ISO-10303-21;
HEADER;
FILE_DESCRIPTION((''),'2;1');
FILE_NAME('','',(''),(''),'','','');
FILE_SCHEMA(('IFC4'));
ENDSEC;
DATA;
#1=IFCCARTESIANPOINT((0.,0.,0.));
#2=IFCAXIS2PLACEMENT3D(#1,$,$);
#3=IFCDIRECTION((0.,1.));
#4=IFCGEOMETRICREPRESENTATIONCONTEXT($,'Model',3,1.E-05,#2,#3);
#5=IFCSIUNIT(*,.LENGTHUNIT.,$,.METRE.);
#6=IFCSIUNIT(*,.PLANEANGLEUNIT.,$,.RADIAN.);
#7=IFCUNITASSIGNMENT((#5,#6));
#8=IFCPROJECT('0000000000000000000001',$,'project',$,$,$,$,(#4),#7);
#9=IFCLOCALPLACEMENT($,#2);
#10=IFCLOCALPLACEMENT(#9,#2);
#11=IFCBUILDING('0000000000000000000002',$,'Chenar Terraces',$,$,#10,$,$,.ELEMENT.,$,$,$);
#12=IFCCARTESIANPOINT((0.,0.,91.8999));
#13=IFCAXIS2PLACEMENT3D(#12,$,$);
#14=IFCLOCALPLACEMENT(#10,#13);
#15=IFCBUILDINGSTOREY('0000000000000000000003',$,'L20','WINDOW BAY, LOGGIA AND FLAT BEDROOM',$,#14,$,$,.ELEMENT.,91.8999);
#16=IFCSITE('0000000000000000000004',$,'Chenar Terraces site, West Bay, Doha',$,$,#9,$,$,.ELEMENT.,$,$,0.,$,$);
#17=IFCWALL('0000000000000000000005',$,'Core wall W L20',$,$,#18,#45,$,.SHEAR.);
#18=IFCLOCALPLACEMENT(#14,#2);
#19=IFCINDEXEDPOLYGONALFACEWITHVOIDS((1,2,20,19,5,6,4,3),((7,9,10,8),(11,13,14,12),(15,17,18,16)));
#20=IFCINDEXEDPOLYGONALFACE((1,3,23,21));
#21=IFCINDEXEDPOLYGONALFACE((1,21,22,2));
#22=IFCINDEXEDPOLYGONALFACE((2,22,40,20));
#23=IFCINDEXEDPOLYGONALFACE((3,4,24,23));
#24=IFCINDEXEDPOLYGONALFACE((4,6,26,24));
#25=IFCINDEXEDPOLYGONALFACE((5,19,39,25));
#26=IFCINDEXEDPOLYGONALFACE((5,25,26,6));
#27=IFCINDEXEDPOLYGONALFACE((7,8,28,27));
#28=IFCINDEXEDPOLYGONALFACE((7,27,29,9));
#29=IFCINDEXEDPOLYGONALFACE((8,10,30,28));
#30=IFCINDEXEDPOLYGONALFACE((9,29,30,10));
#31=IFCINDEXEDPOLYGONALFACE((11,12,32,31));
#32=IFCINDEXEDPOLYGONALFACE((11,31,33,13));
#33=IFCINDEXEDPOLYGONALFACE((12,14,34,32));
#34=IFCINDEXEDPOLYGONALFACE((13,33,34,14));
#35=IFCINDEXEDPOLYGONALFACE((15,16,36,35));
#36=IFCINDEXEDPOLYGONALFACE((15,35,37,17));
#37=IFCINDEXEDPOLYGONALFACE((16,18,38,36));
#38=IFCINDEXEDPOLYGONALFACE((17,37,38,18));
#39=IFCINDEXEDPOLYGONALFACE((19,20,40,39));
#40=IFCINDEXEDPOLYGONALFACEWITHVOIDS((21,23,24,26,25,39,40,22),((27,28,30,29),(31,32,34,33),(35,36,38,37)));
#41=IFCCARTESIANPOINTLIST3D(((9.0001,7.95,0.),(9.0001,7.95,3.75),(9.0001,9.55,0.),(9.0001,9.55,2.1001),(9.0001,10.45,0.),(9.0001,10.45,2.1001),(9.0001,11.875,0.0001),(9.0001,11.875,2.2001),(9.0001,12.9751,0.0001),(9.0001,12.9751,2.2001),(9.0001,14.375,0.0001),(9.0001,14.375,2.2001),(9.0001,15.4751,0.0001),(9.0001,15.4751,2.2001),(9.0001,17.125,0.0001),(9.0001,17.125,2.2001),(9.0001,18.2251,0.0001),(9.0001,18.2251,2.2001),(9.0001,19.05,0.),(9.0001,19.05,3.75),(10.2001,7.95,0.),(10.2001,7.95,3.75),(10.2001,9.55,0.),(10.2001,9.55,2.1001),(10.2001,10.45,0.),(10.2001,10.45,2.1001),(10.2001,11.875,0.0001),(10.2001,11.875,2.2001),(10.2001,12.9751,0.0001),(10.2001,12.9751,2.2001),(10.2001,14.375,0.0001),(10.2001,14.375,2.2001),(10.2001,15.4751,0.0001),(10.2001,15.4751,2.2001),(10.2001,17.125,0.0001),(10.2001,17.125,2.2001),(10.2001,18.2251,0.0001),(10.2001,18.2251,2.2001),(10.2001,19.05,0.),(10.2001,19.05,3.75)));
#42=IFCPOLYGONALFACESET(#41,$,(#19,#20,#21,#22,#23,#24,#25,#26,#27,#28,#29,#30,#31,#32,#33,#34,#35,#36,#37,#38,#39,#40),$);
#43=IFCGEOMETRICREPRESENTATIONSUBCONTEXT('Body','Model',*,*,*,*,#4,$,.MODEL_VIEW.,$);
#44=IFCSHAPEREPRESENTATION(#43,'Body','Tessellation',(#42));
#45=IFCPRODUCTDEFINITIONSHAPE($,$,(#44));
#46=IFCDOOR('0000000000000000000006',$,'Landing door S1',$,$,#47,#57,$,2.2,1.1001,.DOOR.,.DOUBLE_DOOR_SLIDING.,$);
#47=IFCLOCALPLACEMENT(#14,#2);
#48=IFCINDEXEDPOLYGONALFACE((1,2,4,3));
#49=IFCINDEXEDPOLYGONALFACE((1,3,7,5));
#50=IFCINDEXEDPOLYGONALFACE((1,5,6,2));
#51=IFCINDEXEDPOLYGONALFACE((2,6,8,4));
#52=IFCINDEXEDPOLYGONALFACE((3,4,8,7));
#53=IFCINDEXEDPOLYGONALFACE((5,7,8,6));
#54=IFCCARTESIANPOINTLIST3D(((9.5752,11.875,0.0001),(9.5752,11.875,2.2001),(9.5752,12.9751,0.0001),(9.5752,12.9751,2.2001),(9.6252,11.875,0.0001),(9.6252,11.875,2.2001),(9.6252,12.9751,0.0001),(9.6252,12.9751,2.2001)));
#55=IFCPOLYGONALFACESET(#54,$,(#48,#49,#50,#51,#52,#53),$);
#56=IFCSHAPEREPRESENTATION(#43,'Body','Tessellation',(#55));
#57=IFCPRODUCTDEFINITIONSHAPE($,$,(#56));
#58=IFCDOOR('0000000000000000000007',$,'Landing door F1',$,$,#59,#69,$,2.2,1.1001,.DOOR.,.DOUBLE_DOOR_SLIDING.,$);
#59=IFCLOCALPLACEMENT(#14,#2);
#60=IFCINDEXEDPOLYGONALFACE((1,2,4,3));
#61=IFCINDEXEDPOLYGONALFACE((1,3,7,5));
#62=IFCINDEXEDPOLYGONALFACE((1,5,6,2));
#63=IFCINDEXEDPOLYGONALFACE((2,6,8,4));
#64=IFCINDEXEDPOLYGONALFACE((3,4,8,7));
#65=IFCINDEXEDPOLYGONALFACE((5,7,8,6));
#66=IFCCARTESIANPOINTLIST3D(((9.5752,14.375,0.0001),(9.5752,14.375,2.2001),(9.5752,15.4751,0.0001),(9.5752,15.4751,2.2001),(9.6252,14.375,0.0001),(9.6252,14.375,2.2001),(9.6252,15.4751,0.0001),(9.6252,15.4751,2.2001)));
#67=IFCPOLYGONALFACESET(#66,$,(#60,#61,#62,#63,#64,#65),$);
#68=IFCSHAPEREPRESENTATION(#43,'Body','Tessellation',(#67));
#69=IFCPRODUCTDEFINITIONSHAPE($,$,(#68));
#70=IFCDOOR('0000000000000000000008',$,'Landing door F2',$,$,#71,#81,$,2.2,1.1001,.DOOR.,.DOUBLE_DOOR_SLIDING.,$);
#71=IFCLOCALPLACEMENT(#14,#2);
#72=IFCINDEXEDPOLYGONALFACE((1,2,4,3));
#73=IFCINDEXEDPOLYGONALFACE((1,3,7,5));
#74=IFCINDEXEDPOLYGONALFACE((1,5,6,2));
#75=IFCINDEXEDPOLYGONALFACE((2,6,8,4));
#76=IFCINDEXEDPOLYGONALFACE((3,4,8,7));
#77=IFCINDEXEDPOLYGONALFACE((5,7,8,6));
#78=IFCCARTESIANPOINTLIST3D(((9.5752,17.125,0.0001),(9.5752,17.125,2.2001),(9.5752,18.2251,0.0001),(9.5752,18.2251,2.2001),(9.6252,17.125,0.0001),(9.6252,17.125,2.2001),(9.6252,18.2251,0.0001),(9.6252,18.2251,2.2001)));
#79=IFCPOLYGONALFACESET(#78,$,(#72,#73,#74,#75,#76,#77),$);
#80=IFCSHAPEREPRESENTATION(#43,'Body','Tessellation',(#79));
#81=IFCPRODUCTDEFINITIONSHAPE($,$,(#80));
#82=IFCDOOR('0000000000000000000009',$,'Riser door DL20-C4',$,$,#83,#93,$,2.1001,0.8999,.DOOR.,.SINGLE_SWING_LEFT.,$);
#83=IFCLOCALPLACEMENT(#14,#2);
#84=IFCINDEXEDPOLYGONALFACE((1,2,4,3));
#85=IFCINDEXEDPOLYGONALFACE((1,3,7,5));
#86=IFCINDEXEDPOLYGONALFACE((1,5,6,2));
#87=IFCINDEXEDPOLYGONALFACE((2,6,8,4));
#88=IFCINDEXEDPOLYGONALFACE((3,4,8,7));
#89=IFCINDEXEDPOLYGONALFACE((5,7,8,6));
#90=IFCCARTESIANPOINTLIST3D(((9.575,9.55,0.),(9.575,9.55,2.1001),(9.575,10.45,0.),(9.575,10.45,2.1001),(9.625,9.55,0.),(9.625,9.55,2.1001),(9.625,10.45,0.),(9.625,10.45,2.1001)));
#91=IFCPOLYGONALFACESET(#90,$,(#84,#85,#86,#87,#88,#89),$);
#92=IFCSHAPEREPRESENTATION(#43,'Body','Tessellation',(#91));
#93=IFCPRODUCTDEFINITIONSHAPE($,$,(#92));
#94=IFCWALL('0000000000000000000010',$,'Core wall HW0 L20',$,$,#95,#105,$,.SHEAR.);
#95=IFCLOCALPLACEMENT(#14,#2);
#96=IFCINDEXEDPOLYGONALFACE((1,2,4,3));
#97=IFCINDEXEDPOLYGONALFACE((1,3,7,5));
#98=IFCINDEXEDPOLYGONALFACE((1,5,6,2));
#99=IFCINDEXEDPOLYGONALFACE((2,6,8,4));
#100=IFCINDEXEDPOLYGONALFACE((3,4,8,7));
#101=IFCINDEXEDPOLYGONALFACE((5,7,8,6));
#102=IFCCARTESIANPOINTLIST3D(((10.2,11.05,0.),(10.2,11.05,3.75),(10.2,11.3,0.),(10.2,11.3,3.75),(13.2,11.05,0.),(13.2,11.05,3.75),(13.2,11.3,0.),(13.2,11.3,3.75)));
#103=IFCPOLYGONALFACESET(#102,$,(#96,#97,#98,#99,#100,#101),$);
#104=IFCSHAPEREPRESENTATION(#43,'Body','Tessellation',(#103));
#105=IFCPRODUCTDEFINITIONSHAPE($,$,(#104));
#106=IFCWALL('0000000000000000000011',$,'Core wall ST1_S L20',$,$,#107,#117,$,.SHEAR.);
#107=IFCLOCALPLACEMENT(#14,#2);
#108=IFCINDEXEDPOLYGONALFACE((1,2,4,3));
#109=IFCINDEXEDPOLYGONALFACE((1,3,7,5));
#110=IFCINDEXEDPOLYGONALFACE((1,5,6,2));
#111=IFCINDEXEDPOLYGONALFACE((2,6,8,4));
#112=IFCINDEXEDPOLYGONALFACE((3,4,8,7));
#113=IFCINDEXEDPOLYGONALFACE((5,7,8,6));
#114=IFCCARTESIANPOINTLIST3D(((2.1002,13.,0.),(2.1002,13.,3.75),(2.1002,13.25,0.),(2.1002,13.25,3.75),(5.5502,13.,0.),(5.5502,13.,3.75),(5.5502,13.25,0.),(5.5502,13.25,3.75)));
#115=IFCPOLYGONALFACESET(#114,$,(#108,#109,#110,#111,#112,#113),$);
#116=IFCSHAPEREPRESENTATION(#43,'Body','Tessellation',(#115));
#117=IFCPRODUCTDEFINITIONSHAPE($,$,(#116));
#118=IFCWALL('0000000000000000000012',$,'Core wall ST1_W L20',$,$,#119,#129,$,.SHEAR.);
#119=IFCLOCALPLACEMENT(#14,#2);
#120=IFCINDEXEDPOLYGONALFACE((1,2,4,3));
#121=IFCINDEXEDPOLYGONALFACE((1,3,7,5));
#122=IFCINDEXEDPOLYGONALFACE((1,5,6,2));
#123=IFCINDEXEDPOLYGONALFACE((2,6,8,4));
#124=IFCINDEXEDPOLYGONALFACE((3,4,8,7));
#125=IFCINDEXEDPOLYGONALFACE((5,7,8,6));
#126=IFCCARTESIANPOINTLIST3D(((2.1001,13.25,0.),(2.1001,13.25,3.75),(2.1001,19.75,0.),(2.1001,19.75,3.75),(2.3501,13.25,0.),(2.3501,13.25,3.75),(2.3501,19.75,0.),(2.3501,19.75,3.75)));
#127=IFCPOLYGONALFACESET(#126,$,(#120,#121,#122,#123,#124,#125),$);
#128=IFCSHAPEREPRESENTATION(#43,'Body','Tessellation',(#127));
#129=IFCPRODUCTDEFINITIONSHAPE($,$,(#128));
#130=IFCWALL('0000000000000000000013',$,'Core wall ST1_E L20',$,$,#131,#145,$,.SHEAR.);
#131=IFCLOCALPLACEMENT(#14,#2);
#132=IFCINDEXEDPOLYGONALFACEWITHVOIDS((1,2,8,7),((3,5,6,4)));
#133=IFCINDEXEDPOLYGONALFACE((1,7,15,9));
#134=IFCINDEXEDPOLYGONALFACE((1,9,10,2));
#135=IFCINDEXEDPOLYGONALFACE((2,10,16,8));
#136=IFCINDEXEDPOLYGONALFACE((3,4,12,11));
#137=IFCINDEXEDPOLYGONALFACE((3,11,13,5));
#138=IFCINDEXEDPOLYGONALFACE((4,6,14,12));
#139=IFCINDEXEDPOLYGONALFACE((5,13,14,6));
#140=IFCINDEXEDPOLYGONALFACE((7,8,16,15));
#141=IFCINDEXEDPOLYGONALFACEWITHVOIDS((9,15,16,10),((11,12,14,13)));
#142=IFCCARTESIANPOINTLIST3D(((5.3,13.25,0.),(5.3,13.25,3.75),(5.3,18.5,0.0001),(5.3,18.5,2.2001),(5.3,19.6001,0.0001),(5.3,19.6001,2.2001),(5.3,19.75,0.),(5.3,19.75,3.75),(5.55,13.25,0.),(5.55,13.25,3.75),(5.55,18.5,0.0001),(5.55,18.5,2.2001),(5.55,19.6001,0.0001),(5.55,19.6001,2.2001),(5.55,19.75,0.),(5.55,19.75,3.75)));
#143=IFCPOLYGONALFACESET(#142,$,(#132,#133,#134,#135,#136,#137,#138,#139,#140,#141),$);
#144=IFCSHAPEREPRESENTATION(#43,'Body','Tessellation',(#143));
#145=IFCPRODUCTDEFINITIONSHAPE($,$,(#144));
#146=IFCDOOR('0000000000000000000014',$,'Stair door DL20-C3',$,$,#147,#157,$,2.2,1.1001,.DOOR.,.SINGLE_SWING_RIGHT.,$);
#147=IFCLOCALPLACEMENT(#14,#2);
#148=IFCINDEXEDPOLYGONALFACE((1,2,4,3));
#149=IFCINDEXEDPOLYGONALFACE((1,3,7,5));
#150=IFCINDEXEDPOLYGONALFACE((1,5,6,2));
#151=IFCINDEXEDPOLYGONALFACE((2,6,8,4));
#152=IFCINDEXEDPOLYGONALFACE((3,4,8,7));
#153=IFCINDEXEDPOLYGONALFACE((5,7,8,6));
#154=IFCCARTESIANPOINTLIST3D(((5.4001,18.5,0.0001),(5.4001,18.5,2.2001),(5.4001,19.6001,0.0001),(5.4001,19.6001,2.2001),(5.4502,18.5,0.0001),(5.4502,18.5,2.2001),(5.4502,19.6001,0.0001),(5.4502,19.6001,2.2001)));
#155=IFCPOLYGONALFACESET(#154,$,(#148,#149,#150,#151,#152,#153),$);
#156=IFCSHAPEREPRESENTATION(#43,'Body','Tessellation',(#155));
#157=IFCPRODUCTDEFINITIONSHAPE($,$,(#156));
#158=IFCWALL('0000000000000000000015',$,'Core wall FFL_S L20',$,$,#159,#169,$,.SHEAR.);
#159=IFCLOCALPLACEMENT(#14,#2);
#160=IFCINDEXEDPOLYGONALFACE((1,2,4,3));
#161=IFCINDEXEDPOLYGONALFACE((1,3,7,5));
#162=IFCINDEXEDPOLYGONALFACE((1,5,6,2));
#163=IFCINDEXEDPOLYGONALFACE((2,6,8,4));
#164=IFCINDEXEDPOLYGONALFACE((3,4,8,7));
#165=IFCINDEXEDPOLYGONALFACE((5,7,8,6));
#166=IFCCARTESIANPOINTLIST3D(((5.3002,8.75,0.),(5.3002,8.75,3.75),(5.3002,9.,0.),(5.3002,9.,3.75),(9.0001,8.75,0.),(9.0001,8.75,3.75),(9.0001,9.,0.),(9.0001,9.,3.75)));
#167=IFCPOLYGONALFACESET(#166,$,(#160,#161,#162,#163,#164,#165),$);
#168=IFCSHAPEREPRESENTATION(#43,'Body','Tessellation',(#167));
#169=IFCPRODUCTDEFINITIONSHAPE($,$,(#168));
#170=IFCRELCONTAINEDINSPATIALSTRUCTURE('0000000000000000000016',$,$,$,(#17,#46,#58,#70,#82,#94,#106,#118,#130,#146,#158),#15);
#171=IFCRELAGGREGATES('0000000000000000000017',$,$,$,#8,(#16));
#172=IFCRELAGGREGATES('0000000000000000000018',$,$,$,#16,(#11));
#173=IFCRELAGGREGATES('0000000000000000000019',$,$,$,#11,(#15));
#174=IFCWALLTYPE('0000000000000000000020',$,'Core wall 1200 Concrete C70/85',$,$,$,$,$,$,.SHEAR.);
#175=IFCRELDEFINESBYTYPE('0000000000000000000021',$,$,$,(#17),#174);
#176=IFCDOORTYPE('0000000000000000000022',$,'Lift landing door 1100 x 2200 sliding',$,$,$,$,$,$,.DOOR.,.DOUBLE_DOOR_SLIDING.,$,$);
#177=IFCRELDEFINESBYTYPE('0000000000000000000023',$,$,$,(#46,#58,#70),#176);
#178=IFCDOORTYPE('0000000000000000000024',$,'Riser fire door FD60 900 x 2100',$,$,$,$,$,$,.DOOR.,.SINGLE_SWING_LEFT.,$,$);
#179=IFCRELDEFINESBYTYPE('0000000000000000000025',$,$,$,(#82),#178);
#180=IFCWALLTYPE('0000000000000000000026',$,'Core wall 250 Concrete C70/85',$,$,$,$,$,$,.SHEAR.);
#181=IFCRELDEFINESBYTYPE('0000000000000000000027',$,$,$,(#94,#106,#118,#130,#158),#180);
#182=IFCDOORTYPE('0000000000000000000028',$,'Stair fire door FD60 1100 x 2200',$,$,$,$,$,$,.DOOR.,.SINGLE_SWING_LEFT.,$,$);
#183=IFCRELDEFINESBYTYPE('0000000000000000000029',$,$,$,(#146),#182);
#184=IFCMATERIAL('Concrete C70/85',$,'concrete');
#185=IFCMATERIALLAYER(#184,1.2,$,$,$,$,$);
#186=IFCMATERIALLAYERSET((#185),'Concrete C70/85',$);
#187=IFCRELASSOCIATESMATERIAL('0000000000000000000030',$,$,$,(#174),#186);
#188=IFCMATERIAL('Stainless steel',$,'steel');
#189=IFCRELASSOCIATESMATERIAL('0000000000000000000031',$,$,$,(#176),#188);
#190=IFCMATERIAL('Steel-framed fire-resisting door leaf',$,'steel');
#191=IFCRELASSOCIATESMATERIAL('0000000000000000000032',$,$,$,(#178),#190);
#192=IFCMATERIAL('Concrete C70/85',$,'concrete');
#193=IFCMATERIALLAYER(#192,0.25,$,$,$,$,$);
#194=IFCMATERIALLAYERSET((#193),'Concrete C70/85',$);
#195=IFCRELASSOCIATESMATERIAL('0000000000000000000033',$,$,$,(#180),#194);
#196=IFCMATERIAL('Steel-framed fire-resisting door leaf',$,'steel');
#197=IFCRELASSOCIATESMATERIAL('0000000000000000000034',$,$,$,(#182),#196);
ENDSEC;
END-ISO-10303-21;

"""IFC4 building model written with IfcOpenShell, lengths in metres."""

from ifc_helpers import new_model, si_unit, direction, frame, frame_2d, origin, place, context, subcontext, project, spatial, rectangle, extrude, material, layer, layer_set, type_object, element, fill, save


model = new_model("IFC4")

# Units and contexts
model_context = context("Model", 3, precision=1e-05, world=origin(), true_north=direction((0.0, 1.0)))
body_context = subcontext(model_context, "Body", "Model", "MODEL_VIEW")
ifc_project = project(units=[si_unit("LENGTHUNIT", "METRE"), si_unit("PLANEANGLEUNIT", "RADIAN")], contexts=[model_context])

# Site, building, storey
site_placement = place(None, origin())
site = spatial("IfcSite", under=ifc_project, at=site_placement, Name="Chenar Terraces site, West Bay, Doha", CompositionType="ELEMENT", RefElevation=0.0)
building_placement = place(site_placement, origin())
building = spatial("IfcBuilding", under=site, at=building_placement, Name="Chenar Terraces", CompositionType="ELEMENT")
storey_placement = place(building_placement, frame((0.0, 0.0, 91.8999)))
storey = spatial("IfcBuildingStorey", under=building, at=storey_placement, Name="L20", Description="WINDOW BAY, LOGGIA AND FLAT BEDROOM", CompositionType="ELEMENT", Elevation=91.8999)

# Wall, openings, doors
ifc_material_1 = material(Name="Concrete C70/85", Category="concrete")
ifc_layer_1 = layer(ifc_material_1, 1.2)
ifc_layer_set_1 = layer_set([ifc_layer_1], Name="Concrete C70/85")
wall_type_1 = type_object("IfcWallType", Name="Core wall 1200 Concrete C70/85", PredefinedType="SHEAR", material=ifc_layer_set_1)
wall_1_placement = place(storey_placement, frame((9.6001, 7.95, 0.0), z_axis=(0.0, 0.0, 1.0), x_axis=(0.0, 1.0, 0.0)))
wall_1 = element("IfcWall", 1, at=wall_1_placement, inside=storey, type_object=wall_type_1, Name="Core wall W L20", PredefinedType="SHEAR", context=body_context, shape_type="SweptSolid", body=[
    extrude(rectangle(XDim=11.1001, YDim=1.2, at=frame_2d((5.55, 0.0))), origin(), (0.0, 0.0, 1.0), 3.75),
])
opening_1_placement = place(wall_1_placement, frame((3.925, 0.0, 0.0)))
opening_1 = element("IfcOpeningElement", 2, at=opening_1_placement, cuts=wall_1, PredefinedType="OPENING", context=body_context, shape_type="SweptSolid", body=[
    extrude(rectangle(XDim=1.1001, YDim=2.2, at=frame_2d((0.55, 1.1001))), frame((0.0, 0.6099, 0.0), z_axis=(0.0, -1.0, 0.0), x_axis=(1.0, 0.0, 0.0)), (0.0, 0.0, 1.0), 1.22),
])
opening_2_placement = place(wall_1_placement, frame((6.425, 0.0, 0.0)))
opening_2 = element("IfcOpeningElement", 3, at=opening_2_placement, cuts=wall_1, PredefinedType="OPENING", context=body_context, shape_type="SweptSolid", body=[
    extrude(rectangle(XDim=1.1001, YDim=2.2, at=frame_2d((0.55, 1.1001))), frame((0.0, 0.6099, 0.0), z_axis=(0.0, -1.0, 0.0), x_axis=(1.0, 0.0, 0.0)), (0.0, 0.0, 1.0), 1.22),
])
opening_3_placement = place(wall_1_placement, frame((9.175, 0.0, 0.0)))
opening_3 = element("IfcOpeningElement", 4, at=opening_3_placement, cuts=wall_1, PredefinedType="OPENING", context=body_context, shape_type="SweptSolid", body=[
    extrude(rectangle(XDim=1.1001, YDim=2.2, at=frame_2d((0.55, 1.1001))), frame((0.0, 0.6099, 0.0), z_axis=(0.0, -1.0, 0.0), x_axis=(1.0, 0.0, 0.0)), (0.0, 0.0, 1.0), 1.22),
])
opening_4_placement = place(wall_1_placement, frame((1.6001, 0.0, 0.0)))
opening_4 = element("IfcOpeningElement", 5, at=opening_4_placement, cuts=wall_1, PredefinedType="OPENING", context=body_context, shape_type="SweptSolid", body=[
    extrude(rectangle(XDim=0.8999, YDim=2.1001, at=frame_2d((0.45, 1.05))), frame((0.0, 0.6099, 0.0), z_axis=(0.0, -1.0, 0.0), x_axis=(1.0, 0.0, 0.0)), (0.0, 0.0, 1.0), 1.22),
])
ifc_material_2 = material(Name="Stainless steel", Category="steel")
door_type_1 = type_object("IfcDoorType", Name="Lift landing door 1100 x 2200 sliding", OperationType="DOUBLE_DOOR_SLIDING", PredefinedType="DOOR", material=ifc_material_2)
door_1_placement = place(opening_1_placement, origin())
door_1 = element("IfcDoor", 6, at=door_1_placement, inside=storey, type_object=door_type_1, Name="Landing door S1", OperationType="DOUBLE_DOOR_SLIDING", OverallHeight=2.2, OverallWidth=1.1001, PredefinedType="DOOR", context=body_context, shape_type="SweptSolid", body=[
    extrude(rectangle(XDim=1.1001, YDim=2.2, at=frame_2d((0.55, 1.1001))), frame((0.0, 0.0249, 0.0), z_axis=(0.0, -1.0, 0.0), x_axis=(1.0, 0.0, 0.0)), (0.0, 0.0, 1.0), 0.05),
])
fill(opening_1, door_1)
door_2_placement = place(opening_2_placement, origin())
door_2 = element("IfcDoor", 7, at=door_2_placement, inside=storey, type_object=door_type_1, Name="Landing door F1", OperationType="DOUBLE_DOOR_SLIDING", OverallHeight=2.2, OverallWidth=1.1001, PredefinedType="DOOR", context=body_context, shape_type="SweptSolid", body=[
    extrude(rectangle(XDim=1.1001, YDim=2.2, at=frame_2d((0.55, 1.1001))), frame((0.0, 0.0249, 0.0), z_axis=(0.0, -1.0, 0.0), x_axis=(1.0, 0.0, 0.0)), (0.0, 0.0, 1.0), 0.05),
])
fill(opening_2, door_2)
door_3_placement = place(opening_3_placement, origin())
door_3 = element("IfcDoor", 8, at=door_3_placement, inside=storey, type_object=door_type_1, Name="Landing door F2", OperationType="DOUBLE_DOOR_SLIDING", OverallHeight=2.2, OverallWidth=1.1001, PredefinedType="DOOR", context=body_context, shape_type="SweptSolid", body=[
    extrude(rectangle(XDim=1.1001, YDim=2.2, at=frame_2d((0.55, 1.1001))), frame((0.0, 0.0249, 0.0), z_axis=(0.0, -1.0, 0.0), x_axis=(1.0, 0.0, 0.0)), (0.0, 0.0, 1.0), 0.05),
])
fill(opening_3, door_3)
ifc_material_3 = material(Name="Steel-framed fire-resisting door leaf", Category="steel")
door_type_2 = type_object("IfcDoorType", Name="Riser fire door FD60 900 x 2100", OperationType="SINGLE_SWING_LEFT", PredefinedType="DOOR", material=ifc_material_3)
door_4_placement = place(opening_4_placement, frame((0.8999, 0.0, 0.0), z_axis=(0.0, 0.0, 1.0), x_axis=(-1.0, 0.0, 0.0)))
door_4 = element("IfcDoor", 9, at=door_4_placement, inside=storey, type_object=door_type_2, Name="Riser door DL20-C4", OperationType="SINGLE_SWING_LEFT", OverallHeight=2.1001, OverallWidth=0.8999, PredefinedType="DOOR", context=body_context, shape_type="SweptSolid", body=[
    extrude(rectangle(XDim=0.8999, YDim=2.1001, at=frame_2d((0.45, 1.05))), frame((0.0, 0.0249, 0.0), z_axis=(0.0, -1.0, 0.0), x_axis=(1.0, 0.0, 0.0)), (0.0, 0.0, 1.0), 0.05),
])
fill(opening_4, door_4)

# Walls
ifc_material_4 = material(Name="Concrete C70/85", Category="concrete")
ifc_layer_2 = layer(ifc_material_4, 0.25)
ifc_layer_set_2 = layer_set([ifc_layer_2], Name="Concrete C70/85")
wall_type_2 = type_object("IfcWallType", Name="Core wall 250 Concrete C70/85", PredefinedType="SHEAR", material=ifc_layer_set_2)
wall_2_placement = place(storey_placement, frame((10.2, 11.175, 0.0), z_axis=(0.0, 0.0, 1.0), x_axis=(1.0, 0.0, 0.0)))
element("IfcWall", 10, at=wall_2_placement, inside=storey, type_object=wall_type_2, Name="Core wall HW0 L20", PredefinedType="SHEAR", context=body_context, shape_type="SweptSolid", body=[
    extrude(rectangle(XDim=3.0, YDim=0.25, at=frame_2d((1.5, 0.0))), origin(), (0.0, 0.0, 1.0), 3.75),
])
wall_3_placement = place(storey_placement, frame((2.1001, 13.125, 0.0), z_axis=(0.0, 0.0, 1.0), x_axis=(1.0, 0.0, 0.0)))
element("IfcWall", 11, at=wall_3_placement, inside=storey, type_object=wall_type_2, Name="Core wall ST1_S L20", PredefinedType="SHEAR", context=body_context, shape_type="SweptSolid", body=[
    extrude(rectangle(XDim=3.45, YDim=0.25, at=frame_2d((1.7251, 0.0))), origin(), (0.0, 0.0, 1.0), 3.75),
])
wall_4_placement = place(storey_placement, frame((2.2251, 13.25, 0.0), z_axis=(0.0, 0.0, 1.0), x_axis=(0.0, 1.0, 0.0)))
element("IfcWall", 12, at=wall_4_placement, inside=storey, type_object=wall_type_2, Name="Core wall ST1_W L20", PredefinedType="SHEAR", context=body_context, shape_type="SweptSolid", body=[
    extrude(rectangle(XDim=6.5, YDim=0.25, at=frame_2d((3.25, 0.0))), origin(), (0.0, 0.0, 1.0), 3.75),
])

# Wall, opening, door
wall_5_placement = place(storey_placement, frame((5.425, 13.25, 0.0), z_axis=(0.0, 0.0, 1.0), x_axis=(0.0, 1.0, 0.0)))
wall_5 = element("IfcWall", 13, at=wall_5_placement, inside=storey, type_object=wall_type_2, Name="Core wall ST1_E L20", PredefinedType="SHEAR", context=body_context, shape_type="SweptSolid", body=[
    extrude(rectangle(XDim=6.5, YDim=0.25, at=frame_2d((3.25, 0.0))), origin(), (0.0, 0.0, 1.0), 3.75),
])
opening_5_placement = place(wall_5_placement, frame((5.25, 0.0, 0.0)))
opening_5 = element("IfcOpeningElement", 14, at=opening_5_placement, cuts=wall_5, PredefinedType="OPENING", context=body_context, shape_type="SweptSolid", body=[
    extrude(rectangle(XDim=1.1001, YDim=2.2, at=frame_2d((0.55, 1.1001))), frame((0.0, 0.135, 0.0), z_axis=(0.0, -1.0, 0.0), x_axis=(1.0, 0.0, 0.0)), (0.0, 0.0, 1.0), 0.27),
])
ifc_material_5 = material(Name="Steel-framed fire-resisting door leaf", Category="steel")
door_type_3 = type_object("IfcDoorType", Name="Stair fire door FD60 1100 x 2200", OperationType="SINGLE_SWING_LEFT", PredefinedType="DOOR", material=ifc_material_5)
door_5_placement = place(opening_5_placement, origin())
door_5 = element("IfcDoor", 15, at=door_5_placement, inside=storey, type_object=door_type_3, Name="Stair door DL20-C3", OperationType="SINGLE_SWING_RIGHT", OverallHeight=2.2, OverallWidth=1.1001, PredefinedType="DOOR", context=body_context, shape_type="SweptSolid", body=[
    extrude(rectangle(XDim=1.1001, YDim=2.2, at=frame_2d((0.55, 1.1001))), frame((0.0, 0.0249, 0.0), z_axis=(0.0, -1.0, 0.0), x_axis=(1.0, 0.0, 0.0)), (0.0, 0.0, 1.0), 0.05),
])
fill(opening_5, door_5)

# Wall
wall_6_placement = place(storey_placement, frame((5.3, 8.875, 0.0), z_axis=(0.0, 0.0, 1.0), x_axis=(1.0, 0.0, 0.0)))
element("IfcWall", 16, at=wall_6_placement, inside=storey, type_object=wall_type_2, Name="Core wall FFL_S L20", PredefinedType="SHEAR", context=body_context, shape_type="SweptSolid", body=[
    extrude(rectangle(XDim=3.7, YDim=0.25, at=frame_2d((1.8501, 0.0))), origin(), (0.0, 0.0, 1.0), 3.75),
])

save(model, "model.ifc")
